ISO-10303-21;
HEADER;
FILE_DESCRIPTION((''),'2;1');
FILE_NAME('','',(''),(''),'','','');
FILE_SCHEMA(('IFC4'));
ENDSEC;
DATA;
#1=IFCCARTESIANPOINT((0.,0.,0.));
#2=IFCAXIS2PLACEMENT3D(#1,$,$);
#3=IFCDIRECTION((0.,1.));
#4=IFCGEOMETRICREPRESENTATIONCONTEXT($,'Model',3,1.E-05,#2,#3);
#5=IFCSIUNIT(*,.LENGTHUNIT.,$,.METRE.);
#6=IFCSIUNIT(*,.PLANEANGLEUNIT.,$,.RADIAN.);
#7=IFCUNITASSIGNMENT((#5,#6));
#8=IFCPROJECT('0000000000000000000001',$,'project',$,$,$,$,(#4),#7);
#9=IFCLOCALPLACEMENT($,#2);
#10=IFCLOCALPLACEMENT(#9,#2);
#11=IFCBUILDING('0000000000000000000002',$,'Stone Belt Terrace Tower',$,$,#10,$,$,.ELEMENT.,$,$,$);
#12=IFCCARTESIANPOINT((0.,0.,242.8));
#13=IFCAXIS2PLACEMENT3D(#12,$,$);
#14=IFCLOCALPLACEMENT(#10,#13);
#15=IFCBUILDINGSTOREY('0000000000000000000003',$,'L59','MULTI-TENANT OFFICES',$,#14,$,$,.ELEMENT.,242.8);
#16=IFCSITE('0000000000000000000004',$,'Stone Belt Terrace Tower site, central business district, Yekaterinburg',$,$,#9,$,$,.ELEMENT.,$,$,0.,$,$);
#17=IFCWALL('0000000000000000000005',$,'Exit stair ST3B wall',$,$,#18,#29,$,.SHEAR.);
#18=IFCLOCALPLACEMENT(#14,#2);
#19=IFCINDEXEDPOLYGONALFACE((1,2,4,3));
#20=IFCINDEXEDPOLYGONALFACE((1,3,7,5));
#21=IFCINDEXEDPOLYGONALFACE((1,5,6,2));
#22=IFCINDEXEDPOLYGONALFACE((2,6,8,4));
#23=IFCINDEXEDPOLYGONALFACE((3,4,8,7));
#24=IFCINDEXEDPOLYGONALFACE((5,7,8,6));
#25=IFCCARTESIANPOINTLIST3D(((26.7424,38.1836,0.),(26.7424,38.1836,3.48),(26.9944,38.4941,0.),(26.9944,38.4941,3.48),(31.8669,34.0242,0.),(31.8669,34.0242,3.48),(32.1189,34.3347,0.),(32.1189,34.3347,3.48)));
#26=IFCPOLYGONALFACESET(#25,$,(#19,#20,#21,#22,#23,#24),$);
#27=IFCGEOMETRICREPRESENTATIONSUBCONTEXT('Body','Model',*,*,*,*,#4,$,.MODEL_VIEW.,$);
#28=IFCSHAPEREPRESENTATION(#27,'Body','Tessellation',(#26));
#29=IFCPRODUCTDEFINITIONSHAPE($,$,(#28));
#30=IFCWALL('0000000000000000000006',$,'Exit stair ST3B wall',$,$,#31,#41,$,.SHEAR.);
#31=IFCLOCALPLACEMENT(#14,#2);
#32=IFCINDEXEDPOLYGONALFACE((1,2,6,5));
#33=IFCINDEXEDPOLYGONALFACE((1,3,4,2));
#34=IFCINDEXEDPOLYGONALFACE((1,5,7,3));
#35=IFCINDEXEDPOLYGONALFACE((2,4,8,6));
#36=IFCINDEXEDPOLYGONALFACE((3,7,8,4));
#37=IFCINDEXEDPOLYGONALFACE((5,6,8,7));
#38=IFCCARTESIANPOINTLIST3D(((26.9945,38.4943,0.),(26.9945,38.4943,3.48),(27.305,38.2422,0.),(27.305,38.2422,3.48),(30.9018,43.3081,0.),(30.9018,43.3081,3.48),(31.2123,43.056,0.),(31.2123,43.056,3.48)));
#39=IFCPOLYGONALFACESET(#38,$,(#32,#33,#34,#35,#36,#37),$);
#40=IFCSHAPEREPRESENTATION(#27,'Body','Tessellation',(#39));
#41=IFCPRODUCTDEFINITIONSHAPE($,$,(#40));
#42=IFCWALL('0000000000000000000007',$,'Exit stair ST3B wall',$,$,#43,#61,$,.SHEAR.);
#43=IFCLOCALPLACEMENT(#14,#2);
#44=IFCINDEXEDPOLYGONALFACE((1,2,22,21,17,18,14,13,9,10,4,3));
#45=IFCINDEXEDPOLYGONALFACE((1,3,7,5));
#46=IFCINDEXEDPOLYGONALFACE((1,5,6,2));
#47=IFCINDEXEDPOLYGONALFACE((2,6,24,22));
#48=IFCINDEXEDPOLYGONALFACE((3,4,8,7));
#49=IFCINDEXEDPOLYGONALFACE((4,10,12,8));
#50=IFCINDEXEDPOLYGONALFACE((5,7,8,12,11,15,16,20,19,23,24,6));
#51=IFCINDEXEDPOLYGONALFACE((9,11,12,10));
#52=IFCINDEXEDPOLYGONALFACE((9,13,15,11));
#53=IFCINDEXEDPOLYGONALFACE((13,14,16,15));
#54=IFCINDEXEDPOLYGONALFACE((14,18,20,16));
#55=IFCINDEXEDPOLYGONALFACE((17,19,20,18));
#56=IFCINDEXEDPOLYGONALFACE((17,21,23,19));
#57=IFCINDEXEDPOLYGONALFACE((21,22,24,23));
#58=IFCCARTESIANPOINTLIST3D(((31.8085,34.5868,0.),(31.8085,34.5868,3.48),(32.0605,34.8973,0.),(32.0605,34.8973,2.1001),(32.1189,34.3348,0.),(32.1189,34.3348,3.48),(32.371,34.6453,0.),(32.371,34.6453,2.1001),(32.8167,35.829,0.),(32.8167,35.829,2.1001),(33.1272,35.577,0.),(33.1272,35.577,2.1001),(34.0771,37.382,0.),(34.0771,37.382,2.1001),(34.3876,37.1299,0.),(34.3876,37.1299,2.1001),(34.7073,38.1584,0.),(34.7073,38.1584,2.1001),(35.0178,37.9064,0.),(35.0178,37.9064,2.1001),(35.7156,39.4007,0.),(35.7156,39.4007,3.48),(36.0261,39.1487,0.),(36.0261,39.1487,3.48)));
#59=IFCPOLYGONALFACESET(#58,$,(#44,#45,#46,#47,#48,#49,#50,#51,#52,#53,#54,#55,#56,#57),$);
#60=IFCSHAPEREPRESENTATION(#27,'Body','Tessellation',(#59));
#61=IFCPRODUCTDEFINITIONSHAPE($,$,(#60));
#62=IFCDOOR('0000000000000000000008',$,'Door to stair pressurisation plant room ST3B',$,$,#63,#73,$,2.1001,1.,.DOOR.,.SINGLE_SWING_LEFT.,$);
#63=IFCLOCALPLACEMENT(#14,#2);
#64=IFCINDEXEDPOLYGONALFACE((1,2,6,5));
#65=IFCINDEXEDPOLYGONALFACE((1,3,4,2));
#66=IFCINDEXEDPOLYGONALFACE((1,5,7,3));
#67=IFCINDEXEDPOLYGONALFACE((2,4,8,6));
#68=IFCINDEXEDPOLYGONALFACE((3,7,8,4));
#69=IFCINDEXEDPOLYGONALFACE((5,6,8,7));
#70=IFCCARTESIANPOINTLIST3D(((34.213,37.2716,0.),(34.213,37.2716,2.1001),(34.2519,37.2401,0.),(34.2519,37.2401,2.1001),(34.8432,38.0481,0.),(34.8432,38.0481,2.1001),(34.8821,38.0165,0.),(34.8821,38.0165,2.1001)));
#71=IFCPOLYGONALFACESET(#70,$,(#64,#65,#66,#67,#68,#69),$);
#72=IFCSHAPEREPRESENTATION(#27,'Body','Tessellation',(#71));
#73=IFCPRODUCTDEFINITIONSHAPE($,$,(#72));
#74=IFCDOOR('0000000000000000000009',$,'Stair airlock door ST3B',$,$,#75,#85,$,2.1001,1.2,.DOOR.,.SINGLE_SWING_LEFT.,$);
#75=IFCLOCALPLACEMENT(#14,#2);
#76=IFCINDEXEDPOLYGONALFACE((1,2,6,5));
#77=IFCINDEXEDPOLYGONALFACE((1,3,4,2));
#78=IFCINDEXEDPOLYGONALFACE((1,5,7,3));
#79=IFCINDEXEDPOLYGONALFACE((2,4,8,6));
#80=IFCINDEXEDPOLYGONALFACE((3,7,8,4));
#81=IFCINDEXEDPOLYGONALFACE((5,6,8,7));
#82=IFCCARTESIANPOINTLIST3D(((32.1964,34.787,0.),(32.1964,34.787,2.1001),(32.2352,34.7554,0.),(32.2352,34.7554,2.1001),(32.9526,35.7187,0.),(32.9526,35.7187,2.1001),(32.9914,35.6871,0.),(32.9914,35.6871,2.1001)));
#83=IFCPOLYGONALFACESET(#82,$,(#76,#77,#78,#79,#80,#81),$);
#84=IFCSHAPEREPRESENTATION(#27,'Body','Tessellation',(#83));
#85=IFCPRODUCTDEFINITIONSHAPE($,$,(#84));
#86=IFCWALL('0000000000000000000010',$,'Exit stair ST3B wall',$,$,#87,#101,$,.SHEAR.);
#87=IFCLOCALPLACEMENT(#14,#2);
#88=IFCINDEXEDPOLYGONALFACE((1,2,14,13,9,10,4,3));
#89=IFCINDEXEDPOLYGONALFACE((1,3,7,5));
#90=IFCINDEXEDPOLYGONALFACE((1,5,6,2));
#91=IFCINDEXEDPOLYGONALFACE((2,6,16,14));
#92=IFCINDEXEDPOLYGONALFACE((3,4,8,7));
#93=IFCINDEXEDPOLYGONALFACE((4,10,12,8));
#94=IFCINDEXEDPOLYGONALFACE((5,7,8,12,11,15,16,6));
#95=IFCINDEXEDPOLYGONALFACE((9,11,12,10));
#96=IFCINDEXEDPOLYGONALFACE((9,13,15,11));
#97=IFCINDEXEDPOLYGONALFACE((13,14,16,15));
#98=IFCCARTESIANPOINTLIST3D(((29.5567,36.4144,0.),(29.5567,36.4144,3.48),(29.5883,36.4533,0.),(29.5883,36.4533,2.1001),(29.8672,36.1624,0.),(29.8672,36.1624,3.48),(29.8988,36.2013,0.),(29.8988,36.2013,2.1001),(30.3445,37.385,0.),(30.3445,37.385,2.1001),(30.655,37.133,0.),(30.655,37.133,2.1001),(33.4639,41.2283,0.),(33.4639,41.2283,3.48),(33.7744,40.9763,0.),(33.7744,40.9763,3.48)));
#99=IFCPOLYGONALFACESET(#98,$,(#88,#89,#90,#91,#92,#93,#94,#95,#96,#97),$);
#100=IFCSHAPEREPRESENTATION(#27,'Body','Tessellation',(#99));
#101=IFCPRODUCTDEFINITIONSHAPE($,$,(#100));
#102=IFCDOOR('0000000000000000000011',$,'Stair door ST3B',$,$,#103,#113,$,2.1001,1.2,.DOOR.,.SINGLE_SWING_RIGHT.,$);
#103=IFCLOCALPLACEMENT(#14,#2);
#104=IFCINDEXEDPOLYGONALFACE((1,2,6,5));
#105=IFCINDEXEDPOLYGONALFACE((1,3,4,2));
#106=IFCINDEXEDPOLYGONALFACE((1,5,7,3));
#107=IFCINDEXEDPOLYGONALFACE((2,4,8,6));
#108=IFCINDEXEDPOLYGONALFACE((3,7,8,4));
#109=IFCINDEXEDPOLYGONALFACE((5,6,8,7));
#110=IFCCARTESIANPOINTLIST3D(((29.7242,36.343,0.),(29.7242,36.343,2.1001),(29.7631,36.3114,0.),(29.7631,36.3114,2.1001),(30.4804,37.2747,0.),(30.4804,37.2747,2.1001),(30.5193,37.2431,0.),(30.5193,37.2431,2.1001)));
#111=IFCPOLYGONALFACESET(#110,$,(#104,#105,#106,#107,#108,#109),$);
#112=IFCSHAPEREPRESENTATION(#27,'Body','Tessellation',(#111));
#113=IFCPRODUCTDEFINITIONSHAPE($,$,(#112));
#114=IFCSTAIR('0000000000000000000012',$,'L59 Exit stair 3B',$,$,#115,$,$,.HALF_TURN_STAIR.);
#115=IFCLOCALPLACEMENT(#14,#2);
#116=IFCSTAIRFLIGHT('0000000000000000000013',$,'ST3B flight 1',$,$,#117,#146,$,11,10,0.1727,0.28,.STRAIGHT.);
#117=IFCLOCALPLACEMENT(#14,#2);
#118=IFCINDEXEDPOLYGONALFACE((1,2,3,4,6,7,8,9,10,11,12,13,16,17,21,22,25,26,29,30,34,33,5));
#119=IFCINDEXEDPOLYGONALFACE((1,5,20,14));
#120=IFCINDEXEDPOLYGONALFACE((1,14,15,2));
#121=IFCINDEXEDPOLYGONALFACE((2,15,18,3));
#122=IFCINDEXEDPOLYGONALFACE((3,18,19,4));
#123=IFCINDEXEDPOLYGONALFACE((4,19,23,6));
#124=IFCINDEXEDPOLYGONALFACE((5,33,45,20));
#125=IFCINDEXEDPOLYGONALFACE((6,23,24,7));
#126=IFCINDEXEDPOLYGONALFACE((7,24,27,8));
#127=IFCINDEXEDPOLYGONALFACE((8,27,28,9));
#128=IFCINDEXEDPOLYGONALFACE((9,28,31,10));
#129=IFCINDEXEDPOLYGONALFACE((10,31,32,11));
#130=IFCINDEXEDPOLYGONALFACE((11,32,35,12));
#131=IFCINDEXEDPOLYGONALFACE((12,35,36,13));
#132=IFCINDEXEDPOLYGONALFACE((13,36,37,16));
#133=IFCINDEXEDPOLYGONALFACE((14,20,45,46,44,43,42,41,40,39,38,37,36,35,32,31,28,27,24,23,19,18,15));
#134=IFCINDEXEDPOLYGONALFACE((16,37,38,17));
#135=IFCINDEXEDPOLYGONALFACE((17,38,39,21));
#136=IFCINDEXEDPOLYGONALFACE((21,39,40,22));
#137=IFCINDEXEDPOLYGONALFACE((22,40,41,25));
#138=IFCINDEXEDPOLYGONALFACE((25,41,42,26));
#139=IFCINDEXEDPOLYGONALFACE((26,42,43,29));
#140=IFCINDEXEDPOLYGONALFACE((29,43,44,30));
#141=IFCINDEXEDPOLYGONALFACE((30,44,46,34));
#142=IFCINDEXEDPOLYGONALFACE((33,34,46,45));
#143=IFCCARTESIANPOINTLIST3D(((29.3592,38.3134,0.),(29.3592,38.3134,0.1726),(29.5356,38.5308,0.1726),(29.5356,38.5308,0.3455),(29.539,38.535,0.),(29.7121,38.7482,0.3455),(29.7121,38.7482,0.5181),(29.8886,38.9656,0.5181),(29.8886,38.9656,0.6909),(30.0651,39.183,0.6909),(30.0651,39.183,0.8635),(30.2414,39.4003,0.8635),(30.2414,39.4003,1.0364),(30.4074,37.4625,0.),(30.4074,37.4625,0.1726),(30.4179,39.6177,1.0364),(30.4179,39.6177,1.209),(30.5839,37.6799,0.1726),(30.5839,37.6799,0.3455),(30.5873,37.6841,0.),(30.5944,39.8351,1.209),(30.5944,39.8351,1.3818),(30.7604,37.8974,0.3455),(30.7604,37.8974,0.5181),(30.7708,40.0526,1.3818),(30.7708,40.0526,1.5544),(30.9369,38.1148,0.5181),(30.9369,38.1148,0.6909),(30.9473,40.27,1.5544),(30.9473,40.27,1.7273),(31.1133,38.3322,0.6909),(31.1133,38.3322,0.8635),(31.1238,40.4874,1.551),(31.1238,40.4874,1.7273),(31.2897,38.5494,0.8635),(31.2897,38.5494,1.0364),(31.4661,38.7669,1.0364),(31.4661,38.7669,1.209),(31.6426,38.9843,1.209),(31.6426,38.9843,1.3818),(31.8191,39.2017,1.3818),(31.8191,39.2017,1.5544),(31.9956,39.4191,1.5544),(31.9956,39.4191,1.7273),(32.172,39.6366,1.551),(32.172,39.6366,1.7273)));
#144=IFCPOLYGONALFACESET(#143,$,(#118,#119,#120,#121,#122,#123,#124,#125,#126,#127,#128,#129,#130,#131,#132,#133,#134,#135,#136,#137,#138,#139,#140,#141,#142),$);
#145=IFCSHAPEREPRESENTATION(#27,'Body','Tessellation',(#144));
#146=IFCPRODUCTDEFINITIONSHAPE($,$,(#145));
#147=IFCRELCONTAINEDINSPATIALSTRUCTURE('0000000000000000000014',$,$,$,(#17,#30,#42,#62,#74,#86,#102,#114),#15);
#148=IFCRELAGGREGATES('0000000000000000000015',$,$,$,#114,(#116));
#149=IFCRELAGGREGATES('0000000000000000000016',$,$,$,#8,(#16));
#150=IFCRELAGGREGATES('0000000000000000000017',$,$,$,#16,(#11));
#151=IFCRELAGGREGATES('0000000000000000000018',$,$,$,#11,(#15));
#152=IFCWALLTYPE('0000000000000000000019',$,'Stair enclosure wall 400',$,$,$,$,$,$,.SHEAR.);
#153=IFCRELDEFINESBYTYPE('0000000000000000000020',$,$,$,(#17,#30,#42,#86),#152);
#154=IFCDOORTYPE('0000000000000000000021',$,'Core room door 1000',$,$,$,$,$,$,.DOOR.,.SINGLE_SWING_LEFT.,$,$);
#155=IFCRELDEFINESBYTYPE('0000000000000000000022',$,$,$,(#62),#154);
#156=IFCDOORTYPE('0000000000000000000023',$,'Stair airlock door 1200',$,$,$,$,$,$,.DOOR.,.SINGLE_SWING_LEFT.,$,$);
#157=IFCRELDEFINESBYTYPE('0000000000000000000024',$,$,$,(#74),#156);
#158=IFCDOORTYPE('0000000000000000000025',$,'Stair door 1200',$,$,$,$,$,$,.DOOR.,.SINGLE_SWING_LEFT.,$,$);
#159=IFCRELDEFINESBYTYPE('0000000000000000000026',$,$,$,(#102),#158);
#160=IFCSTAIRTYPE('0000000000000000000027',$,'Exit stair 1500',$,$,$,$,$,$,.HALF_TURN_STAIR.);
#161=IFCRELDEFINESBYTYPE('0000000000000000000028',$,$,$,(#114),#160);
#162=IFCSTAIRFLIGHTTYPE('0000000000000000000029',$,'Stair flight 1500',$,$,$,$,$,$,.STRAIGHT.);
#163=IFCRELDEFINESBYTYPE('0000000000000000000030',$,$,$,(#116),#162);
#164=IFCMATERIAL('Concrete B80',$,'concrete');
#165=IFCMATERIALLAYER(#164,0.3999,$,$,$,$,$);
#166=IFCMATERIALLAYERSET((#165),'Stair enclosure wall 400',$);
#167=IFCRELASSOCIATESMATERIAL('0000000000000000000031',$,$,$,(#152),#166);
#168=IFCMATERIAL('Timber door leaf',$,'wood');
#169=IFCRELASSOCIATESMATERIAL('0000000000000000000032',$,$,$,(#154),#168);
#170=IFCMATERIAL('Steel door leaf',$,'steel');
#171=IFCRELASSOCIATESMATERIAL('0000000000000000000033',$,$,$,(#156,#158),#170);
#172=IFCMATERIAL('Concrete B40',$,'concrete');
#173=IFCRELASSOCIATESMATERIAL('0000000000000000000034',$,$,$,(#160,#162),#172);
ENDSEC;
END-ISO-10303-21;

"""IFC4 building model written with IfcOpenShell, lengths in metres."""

from ifc_helpers import new_model, si_unit, direction, frame, frame_2d, origin, place, context, subcontext, project, spatial, polyline, rectangle, outline, extrude, material, layer, layer_set, type_object, element, fill, aggregate, save


model = new_model("IFC4")

# Units and contexts
model_context = context("Model", 3, precision=1e-05, world=origin(), true_north=direction((0.0, 1.0)))
body_context = subcontext(model_context, "Body", "Model", "MODEL_VIEW")
ifc_project = project(units=[si_unit("LENGTHUNIT", "METRE"), si_unit("PLANEANGLEUNIT", "RADIAN")], contexts=[model_context])

# Site, building, storey
site_placement = place(None, origin())
site = spatial("IfcSite", under=ifc_project, at=site_placement, Name="Stone Belt Terrace Tower site, central business district, Yekaterinburg", CompositionType="ELEMENT", RefElevation=0.0)
building_placement = place(site_placement, origin())
building = spatial("IfcBuilding", under=site, at=building_placement, Name="Stone Belt Terrace Tower", CompositionType="ELEMENT")
storey_placement = place(building_placement, frame((0.0, 0.0, 242.8)))
storey = spatial("IfcBuildingStorey", under=building, at=storey_placement, Name="L59", Description="MULTI-TENANT OFFICES", CompositionType="ELEMENT", Elevation=242.8)

# Walls
ifc_material_1 = material(Name="Concrete B80", Category="concrete")
ifc_layer_1 = layer(ifc_material_1, 0.3999)
ifc_layer_set_1 = layer_set([ifc_layer_1], Name="Stair enclosure wall 400")
wall_type_1 = type_object("IfcWallType", Name="Stair enclosure wall 400", PredefinedType="SHEAR", material=ifc_layer_set_1)
wall_1_placement = place(storey_placement, frame((26.8684, 38.3389, 0.0), z_axis=(0.0, 0.0, 1.0), x_axis=(0.776428, -0.630205, 0.0)))
element("IfcWall", 1, at=wall_1_placement, inside=storey, type_object=wall_type_1, Name="Exit stair ST3B wall", PredefinedType="SHEAR", context=body_context, shape_type="SweptSolid", body=[
    extrude(rectangle(XDim=6.6001, YDim=0.3999, at=frame_2d((3.3, 0.0))), origin(), (0.0, 0.0, 1.0), 3.48),
])
wall_2_placement = place(storey_placement, frame((27.1497, 38.3682, 0.0), z_axis=(0.0, 0.0, 1.0), x_axis=(0.630212, 0.776423, 0.0)))
element("IfcWall", 2, at=wall_2_placement, inside=storey, type_object=wall_type_1, Name="Exit stair ST3B wall", PredefinedType="SHEAR", context=body_context, shape_type="SweptSolid", body=[
    extrude(rectangle(XDim=6.2, YDim=0.3999, at=frame_2d((3.1001, 0.0))), origin(), (0.0, 0.0, 1.0), 3.48),
])

# Wall, openings, doors
wall_3_placement = place(storey_placement, frame((31.9636, 34.4607, 0.0), z_axis=(0.0, 0.0, 1.0), x_axis=(0.630192, 0.776439, 0.0)))
wall_3 = element("IfcWall", 3, at=wall_3_placement, inside=storey, type_object=wall_type_1, Name="Exit stair ST3B wall", PredefinedType="SHEAR", context=body_context, shape_type="SweptSolid", body=[
    extrude(rectangle(XDim=6.2, YDim=0.3999, at=frame_2d((3.1001, 0.0))), origin(), (0.0, 0.0, 1.0), 3.48),
])
opening_1_placement = place(wall_3_placement, frame((0.3999, 0.0, 0.0)))
opening_1 = element("IfcOpeningElement", 4, at=opening_1_placement, cuts=wall_3, PredefinedType="OPENING", context=body_context, shape_type="SweptSolid", body=[
    extrude(rectangle(XDim=1.2, YDim=2.1001, at=frame_2d((0.6001, 1.05))), frame((0.0, 0.21, 0.0), z_axis=(0.0, -1.0, 0.0), x_axis=(1.0, 0.0, 0.0)), (0.0, 0.0, 1.0), 0.4199),
])
opening_2_placement = place(wall_3_placement, frame((3.6001, 0.0, 0.0)))
opening_2 = element("IfcOpeningElement", 5, at=opening_2_placement, cuts=wall_3, PredefinedType="OPENING", context=body_context, shape_type="SweptSolid", body=[
    extrude(rectangle(XDim=1.0, YDim=2.1001, at=frame_2d((0.5, 1.05))), frame((0.0, 0.21, 0.0), z_axis=(0.0, -1.0, 0.0), x_axis=(1.0, 0.0, 0.0)), (0.0, 0.0, 1.0), 0.4199),
])
ifc_material_2 = material(Name="Timber door leaf", Category="wood")
door_type_1 = type_object("IfcDoorType", Name="Core room door 1000", OperationType="SINGLE_SWING_LEFT", PredefinedType="DOOR", material=ifc_material_2)
door_1_placement = place(opening_2_placement, origin())
door_1 = element("IfcDoor", 6, at=door_1_placement, inside=storey, type_object=door_type_1, Name="Door to stair pressurisation plant room ST3B", OperationType="SINGLE_SWING_LEFT", OverallHeight=2.1001, OverallWidth=1.0, PredefinedType="DOOR", context=body_context, shape_type="SweptSolid", body=[
    extrude(rectangle(XDim=1.0, YDim=2.1001, at=frame_2d((0.5, 1.05))), frame((0.0, 0.0249, 0.0), z_axis=(0.0, -1.0, 0.0), x_axis=(1.0, 0.0, 0.0)), (0.0, 0.0, 1.0), 0.05),
])
fill(opening_2, door_1)
ifc_material_3 = material(Name="Steel door leaf", Category="steel")
door_type_2 = type_object("IfcDoorType", Name="Stair airlock door 1200", OperationType="SINGLE_SWING_LEFT", PredefinedType="DOOR", material=ifc_material_3)
door_2_placement = place(opening_1_placement, origin())
door_2 = element("IfcDoor", 7, at=door_2_placement, inside=storey, type_object=door_type_2, Name="Stair airlock door ST3B", OperationType="SINGLE_SWING_LEFT", OverallHeight=2.1001, OverallWidth=1.2, PredefinedType="DOOR", context=body_context, shape_type="SweptSolid", body=[
    extrude(rectangle(XDim=1.2, YDim=2.1001, at=frame_2d((0.6001, 1.05))), frame((0.0, 0.0249, 0.0), z_axis=(0.0, -1.0, 0.0), x_axis=(1.0, 0.0, 0.0)), (0.0, 0.0, 1.0), 0.05),
])
fill(opening_1, door_2)

# Wall, opening, door
wall_4_placement = place(storey_placement, frame((29.7119, 36.2883, 0.0), z_axis=(0.0, 0.0, 1.0), x_axis=(0.630192, 0.776439, 0.0)))
wall_4 = element("IfcWall", 8, at=wall_4_placement, inside=storey, type_object=wall_type_1, Name="Exit stair ST3B wall", PredefinedType="SHEAR", context=body_context, shape_type="SweptSolid", body=[
    extrude(rectangle(XDim=6.2, YDim=0.3999, at=frame_2d((3.1001, 0.0))), origin(), (0.0, 0.0, 1.0), 3.48),
])
opening_3_placement = place(wall_4_placement, frame((0.05, 0.0, 0.0)))
opening_3 = element("IfcOpeningElement", 9, at=opening_3_placement, cuts=wall_4, PredefinedType="OPENING", context=body_context, shape_type="SweptSolid", body=[
    extrude(rectangle(XDim=1.2, YDim=2.1001, at=frame_2d((0.6001, 1.05))), frame((0.0, 0.21, 0.0), z_axis=(0.0, -1.0, 0.0), x_axis=(1.0, 0.0, 0.0)), (0.0, 0.0, 1.0), 0.4199),
])
door_type_3 = type_object("IfcDoorType", Name="Stair door 1200", OperationType="SINGLE_SWING_LEFT", PredefinedType="DOOR", material=ifc_material_3)
door_3_placement = place(opening_3_placement, origin())
door_3 = element("IfcDoor", 10, at=door_3_placement, inside=storey, type_object=door_type_3, Name="Stair door ST3B", OperationType="SINGLE_SWING_RIGHT", OverallHeight=2.1001, OverallWidth=1.2, PredefinedType="DOOR", context=body_context, shape_type="SweptSolid", body=[
    extrude(rectangle(XDim=1.2, YDim=2.1001, at=frame_2d((0.6001, 1.05))), frame((0.0, 0.0249, 0.0), z_axis=(0.0, -1.0, 0.0), x_axis=(1.0, 0.0, 0.0)), (0.0, 0.0, 1.0), 0.05),
])
fill(opening_3, door_3)

# Stair, stair flight
ifc_material_4 = material(Name="Concrete B40", Category="concrete")
stair_type = type_object("IfcStairType", Name="Exit stair 1500", PredefinedType="HALF_TURN_STAIR", material=ifc_material_4)
stair_placement = place(storey_placement, origin())
stair = element("IfcStair", 11, at=stair_placement, inside=storey, type_object=stair_type, Name="L59 Exit stair 3B", PredefinedType="HALF_TURN_STAIR")
stair_flight_type = type_object("IfcStairFlightType", Name="Stair flight 1500", PredefinedType="STRAIGHT", material=ifc_material_4)
stair_flight_placement = place(storey_placement, frame((29.8833, 37.8879, 0.0), z_axis=(0.0, 0.0, 1.0), x_axis=(0.630206, 0.776428, 0.0)))
stair_flight = element("IfcStairFlight", 12, at=stair_flight_placement, type_object=stair_flight_type, Name="ST3B flight 1", NumberOfRisers=11, NumberOfTreads=10, PredefinedType="STRAIGHT", RiserHeight=0.1727, TreadLength=0.28, context=body_context, shape_type="SweptSolid", body=[
    extrude(outline(polyline([(0.0, 0.0), (0.0, 0.1726), (0.28, 0.1726), (0.28, 0.3455), (0.5601, 0.3455), (0.5601, 0.5181), (0.8401, 0.5181), (0.8401, 0.6909), (1.1201, 0.6909), (1.1201, 0.8635), (1.3999, 0.8635), (1.3999, 1.0364), (1.6799, 1.0364), (1.6799, 1.209), (1.96, 1.209), (1.96, 1.3818), (2.24, 1.3818), (2.24, 1.5544), (2.52, 1.5544), (2.52, 1.7273), (2.8, 1.7273), (2.8, 1.8999), (2.8, 1.551), (0.2854, 0.0), (0.0, 0.0)])), frame((0.0, 0.675, 0.0), z_axis=(0.0, -1.0, 0.0), x_axis=(1.0, 0.0, 0.0)), (0.0, 0.0, 1.0), 1.3501),
])
aggregate(stair, [stair_flight])

save(model, "model.ifc")
